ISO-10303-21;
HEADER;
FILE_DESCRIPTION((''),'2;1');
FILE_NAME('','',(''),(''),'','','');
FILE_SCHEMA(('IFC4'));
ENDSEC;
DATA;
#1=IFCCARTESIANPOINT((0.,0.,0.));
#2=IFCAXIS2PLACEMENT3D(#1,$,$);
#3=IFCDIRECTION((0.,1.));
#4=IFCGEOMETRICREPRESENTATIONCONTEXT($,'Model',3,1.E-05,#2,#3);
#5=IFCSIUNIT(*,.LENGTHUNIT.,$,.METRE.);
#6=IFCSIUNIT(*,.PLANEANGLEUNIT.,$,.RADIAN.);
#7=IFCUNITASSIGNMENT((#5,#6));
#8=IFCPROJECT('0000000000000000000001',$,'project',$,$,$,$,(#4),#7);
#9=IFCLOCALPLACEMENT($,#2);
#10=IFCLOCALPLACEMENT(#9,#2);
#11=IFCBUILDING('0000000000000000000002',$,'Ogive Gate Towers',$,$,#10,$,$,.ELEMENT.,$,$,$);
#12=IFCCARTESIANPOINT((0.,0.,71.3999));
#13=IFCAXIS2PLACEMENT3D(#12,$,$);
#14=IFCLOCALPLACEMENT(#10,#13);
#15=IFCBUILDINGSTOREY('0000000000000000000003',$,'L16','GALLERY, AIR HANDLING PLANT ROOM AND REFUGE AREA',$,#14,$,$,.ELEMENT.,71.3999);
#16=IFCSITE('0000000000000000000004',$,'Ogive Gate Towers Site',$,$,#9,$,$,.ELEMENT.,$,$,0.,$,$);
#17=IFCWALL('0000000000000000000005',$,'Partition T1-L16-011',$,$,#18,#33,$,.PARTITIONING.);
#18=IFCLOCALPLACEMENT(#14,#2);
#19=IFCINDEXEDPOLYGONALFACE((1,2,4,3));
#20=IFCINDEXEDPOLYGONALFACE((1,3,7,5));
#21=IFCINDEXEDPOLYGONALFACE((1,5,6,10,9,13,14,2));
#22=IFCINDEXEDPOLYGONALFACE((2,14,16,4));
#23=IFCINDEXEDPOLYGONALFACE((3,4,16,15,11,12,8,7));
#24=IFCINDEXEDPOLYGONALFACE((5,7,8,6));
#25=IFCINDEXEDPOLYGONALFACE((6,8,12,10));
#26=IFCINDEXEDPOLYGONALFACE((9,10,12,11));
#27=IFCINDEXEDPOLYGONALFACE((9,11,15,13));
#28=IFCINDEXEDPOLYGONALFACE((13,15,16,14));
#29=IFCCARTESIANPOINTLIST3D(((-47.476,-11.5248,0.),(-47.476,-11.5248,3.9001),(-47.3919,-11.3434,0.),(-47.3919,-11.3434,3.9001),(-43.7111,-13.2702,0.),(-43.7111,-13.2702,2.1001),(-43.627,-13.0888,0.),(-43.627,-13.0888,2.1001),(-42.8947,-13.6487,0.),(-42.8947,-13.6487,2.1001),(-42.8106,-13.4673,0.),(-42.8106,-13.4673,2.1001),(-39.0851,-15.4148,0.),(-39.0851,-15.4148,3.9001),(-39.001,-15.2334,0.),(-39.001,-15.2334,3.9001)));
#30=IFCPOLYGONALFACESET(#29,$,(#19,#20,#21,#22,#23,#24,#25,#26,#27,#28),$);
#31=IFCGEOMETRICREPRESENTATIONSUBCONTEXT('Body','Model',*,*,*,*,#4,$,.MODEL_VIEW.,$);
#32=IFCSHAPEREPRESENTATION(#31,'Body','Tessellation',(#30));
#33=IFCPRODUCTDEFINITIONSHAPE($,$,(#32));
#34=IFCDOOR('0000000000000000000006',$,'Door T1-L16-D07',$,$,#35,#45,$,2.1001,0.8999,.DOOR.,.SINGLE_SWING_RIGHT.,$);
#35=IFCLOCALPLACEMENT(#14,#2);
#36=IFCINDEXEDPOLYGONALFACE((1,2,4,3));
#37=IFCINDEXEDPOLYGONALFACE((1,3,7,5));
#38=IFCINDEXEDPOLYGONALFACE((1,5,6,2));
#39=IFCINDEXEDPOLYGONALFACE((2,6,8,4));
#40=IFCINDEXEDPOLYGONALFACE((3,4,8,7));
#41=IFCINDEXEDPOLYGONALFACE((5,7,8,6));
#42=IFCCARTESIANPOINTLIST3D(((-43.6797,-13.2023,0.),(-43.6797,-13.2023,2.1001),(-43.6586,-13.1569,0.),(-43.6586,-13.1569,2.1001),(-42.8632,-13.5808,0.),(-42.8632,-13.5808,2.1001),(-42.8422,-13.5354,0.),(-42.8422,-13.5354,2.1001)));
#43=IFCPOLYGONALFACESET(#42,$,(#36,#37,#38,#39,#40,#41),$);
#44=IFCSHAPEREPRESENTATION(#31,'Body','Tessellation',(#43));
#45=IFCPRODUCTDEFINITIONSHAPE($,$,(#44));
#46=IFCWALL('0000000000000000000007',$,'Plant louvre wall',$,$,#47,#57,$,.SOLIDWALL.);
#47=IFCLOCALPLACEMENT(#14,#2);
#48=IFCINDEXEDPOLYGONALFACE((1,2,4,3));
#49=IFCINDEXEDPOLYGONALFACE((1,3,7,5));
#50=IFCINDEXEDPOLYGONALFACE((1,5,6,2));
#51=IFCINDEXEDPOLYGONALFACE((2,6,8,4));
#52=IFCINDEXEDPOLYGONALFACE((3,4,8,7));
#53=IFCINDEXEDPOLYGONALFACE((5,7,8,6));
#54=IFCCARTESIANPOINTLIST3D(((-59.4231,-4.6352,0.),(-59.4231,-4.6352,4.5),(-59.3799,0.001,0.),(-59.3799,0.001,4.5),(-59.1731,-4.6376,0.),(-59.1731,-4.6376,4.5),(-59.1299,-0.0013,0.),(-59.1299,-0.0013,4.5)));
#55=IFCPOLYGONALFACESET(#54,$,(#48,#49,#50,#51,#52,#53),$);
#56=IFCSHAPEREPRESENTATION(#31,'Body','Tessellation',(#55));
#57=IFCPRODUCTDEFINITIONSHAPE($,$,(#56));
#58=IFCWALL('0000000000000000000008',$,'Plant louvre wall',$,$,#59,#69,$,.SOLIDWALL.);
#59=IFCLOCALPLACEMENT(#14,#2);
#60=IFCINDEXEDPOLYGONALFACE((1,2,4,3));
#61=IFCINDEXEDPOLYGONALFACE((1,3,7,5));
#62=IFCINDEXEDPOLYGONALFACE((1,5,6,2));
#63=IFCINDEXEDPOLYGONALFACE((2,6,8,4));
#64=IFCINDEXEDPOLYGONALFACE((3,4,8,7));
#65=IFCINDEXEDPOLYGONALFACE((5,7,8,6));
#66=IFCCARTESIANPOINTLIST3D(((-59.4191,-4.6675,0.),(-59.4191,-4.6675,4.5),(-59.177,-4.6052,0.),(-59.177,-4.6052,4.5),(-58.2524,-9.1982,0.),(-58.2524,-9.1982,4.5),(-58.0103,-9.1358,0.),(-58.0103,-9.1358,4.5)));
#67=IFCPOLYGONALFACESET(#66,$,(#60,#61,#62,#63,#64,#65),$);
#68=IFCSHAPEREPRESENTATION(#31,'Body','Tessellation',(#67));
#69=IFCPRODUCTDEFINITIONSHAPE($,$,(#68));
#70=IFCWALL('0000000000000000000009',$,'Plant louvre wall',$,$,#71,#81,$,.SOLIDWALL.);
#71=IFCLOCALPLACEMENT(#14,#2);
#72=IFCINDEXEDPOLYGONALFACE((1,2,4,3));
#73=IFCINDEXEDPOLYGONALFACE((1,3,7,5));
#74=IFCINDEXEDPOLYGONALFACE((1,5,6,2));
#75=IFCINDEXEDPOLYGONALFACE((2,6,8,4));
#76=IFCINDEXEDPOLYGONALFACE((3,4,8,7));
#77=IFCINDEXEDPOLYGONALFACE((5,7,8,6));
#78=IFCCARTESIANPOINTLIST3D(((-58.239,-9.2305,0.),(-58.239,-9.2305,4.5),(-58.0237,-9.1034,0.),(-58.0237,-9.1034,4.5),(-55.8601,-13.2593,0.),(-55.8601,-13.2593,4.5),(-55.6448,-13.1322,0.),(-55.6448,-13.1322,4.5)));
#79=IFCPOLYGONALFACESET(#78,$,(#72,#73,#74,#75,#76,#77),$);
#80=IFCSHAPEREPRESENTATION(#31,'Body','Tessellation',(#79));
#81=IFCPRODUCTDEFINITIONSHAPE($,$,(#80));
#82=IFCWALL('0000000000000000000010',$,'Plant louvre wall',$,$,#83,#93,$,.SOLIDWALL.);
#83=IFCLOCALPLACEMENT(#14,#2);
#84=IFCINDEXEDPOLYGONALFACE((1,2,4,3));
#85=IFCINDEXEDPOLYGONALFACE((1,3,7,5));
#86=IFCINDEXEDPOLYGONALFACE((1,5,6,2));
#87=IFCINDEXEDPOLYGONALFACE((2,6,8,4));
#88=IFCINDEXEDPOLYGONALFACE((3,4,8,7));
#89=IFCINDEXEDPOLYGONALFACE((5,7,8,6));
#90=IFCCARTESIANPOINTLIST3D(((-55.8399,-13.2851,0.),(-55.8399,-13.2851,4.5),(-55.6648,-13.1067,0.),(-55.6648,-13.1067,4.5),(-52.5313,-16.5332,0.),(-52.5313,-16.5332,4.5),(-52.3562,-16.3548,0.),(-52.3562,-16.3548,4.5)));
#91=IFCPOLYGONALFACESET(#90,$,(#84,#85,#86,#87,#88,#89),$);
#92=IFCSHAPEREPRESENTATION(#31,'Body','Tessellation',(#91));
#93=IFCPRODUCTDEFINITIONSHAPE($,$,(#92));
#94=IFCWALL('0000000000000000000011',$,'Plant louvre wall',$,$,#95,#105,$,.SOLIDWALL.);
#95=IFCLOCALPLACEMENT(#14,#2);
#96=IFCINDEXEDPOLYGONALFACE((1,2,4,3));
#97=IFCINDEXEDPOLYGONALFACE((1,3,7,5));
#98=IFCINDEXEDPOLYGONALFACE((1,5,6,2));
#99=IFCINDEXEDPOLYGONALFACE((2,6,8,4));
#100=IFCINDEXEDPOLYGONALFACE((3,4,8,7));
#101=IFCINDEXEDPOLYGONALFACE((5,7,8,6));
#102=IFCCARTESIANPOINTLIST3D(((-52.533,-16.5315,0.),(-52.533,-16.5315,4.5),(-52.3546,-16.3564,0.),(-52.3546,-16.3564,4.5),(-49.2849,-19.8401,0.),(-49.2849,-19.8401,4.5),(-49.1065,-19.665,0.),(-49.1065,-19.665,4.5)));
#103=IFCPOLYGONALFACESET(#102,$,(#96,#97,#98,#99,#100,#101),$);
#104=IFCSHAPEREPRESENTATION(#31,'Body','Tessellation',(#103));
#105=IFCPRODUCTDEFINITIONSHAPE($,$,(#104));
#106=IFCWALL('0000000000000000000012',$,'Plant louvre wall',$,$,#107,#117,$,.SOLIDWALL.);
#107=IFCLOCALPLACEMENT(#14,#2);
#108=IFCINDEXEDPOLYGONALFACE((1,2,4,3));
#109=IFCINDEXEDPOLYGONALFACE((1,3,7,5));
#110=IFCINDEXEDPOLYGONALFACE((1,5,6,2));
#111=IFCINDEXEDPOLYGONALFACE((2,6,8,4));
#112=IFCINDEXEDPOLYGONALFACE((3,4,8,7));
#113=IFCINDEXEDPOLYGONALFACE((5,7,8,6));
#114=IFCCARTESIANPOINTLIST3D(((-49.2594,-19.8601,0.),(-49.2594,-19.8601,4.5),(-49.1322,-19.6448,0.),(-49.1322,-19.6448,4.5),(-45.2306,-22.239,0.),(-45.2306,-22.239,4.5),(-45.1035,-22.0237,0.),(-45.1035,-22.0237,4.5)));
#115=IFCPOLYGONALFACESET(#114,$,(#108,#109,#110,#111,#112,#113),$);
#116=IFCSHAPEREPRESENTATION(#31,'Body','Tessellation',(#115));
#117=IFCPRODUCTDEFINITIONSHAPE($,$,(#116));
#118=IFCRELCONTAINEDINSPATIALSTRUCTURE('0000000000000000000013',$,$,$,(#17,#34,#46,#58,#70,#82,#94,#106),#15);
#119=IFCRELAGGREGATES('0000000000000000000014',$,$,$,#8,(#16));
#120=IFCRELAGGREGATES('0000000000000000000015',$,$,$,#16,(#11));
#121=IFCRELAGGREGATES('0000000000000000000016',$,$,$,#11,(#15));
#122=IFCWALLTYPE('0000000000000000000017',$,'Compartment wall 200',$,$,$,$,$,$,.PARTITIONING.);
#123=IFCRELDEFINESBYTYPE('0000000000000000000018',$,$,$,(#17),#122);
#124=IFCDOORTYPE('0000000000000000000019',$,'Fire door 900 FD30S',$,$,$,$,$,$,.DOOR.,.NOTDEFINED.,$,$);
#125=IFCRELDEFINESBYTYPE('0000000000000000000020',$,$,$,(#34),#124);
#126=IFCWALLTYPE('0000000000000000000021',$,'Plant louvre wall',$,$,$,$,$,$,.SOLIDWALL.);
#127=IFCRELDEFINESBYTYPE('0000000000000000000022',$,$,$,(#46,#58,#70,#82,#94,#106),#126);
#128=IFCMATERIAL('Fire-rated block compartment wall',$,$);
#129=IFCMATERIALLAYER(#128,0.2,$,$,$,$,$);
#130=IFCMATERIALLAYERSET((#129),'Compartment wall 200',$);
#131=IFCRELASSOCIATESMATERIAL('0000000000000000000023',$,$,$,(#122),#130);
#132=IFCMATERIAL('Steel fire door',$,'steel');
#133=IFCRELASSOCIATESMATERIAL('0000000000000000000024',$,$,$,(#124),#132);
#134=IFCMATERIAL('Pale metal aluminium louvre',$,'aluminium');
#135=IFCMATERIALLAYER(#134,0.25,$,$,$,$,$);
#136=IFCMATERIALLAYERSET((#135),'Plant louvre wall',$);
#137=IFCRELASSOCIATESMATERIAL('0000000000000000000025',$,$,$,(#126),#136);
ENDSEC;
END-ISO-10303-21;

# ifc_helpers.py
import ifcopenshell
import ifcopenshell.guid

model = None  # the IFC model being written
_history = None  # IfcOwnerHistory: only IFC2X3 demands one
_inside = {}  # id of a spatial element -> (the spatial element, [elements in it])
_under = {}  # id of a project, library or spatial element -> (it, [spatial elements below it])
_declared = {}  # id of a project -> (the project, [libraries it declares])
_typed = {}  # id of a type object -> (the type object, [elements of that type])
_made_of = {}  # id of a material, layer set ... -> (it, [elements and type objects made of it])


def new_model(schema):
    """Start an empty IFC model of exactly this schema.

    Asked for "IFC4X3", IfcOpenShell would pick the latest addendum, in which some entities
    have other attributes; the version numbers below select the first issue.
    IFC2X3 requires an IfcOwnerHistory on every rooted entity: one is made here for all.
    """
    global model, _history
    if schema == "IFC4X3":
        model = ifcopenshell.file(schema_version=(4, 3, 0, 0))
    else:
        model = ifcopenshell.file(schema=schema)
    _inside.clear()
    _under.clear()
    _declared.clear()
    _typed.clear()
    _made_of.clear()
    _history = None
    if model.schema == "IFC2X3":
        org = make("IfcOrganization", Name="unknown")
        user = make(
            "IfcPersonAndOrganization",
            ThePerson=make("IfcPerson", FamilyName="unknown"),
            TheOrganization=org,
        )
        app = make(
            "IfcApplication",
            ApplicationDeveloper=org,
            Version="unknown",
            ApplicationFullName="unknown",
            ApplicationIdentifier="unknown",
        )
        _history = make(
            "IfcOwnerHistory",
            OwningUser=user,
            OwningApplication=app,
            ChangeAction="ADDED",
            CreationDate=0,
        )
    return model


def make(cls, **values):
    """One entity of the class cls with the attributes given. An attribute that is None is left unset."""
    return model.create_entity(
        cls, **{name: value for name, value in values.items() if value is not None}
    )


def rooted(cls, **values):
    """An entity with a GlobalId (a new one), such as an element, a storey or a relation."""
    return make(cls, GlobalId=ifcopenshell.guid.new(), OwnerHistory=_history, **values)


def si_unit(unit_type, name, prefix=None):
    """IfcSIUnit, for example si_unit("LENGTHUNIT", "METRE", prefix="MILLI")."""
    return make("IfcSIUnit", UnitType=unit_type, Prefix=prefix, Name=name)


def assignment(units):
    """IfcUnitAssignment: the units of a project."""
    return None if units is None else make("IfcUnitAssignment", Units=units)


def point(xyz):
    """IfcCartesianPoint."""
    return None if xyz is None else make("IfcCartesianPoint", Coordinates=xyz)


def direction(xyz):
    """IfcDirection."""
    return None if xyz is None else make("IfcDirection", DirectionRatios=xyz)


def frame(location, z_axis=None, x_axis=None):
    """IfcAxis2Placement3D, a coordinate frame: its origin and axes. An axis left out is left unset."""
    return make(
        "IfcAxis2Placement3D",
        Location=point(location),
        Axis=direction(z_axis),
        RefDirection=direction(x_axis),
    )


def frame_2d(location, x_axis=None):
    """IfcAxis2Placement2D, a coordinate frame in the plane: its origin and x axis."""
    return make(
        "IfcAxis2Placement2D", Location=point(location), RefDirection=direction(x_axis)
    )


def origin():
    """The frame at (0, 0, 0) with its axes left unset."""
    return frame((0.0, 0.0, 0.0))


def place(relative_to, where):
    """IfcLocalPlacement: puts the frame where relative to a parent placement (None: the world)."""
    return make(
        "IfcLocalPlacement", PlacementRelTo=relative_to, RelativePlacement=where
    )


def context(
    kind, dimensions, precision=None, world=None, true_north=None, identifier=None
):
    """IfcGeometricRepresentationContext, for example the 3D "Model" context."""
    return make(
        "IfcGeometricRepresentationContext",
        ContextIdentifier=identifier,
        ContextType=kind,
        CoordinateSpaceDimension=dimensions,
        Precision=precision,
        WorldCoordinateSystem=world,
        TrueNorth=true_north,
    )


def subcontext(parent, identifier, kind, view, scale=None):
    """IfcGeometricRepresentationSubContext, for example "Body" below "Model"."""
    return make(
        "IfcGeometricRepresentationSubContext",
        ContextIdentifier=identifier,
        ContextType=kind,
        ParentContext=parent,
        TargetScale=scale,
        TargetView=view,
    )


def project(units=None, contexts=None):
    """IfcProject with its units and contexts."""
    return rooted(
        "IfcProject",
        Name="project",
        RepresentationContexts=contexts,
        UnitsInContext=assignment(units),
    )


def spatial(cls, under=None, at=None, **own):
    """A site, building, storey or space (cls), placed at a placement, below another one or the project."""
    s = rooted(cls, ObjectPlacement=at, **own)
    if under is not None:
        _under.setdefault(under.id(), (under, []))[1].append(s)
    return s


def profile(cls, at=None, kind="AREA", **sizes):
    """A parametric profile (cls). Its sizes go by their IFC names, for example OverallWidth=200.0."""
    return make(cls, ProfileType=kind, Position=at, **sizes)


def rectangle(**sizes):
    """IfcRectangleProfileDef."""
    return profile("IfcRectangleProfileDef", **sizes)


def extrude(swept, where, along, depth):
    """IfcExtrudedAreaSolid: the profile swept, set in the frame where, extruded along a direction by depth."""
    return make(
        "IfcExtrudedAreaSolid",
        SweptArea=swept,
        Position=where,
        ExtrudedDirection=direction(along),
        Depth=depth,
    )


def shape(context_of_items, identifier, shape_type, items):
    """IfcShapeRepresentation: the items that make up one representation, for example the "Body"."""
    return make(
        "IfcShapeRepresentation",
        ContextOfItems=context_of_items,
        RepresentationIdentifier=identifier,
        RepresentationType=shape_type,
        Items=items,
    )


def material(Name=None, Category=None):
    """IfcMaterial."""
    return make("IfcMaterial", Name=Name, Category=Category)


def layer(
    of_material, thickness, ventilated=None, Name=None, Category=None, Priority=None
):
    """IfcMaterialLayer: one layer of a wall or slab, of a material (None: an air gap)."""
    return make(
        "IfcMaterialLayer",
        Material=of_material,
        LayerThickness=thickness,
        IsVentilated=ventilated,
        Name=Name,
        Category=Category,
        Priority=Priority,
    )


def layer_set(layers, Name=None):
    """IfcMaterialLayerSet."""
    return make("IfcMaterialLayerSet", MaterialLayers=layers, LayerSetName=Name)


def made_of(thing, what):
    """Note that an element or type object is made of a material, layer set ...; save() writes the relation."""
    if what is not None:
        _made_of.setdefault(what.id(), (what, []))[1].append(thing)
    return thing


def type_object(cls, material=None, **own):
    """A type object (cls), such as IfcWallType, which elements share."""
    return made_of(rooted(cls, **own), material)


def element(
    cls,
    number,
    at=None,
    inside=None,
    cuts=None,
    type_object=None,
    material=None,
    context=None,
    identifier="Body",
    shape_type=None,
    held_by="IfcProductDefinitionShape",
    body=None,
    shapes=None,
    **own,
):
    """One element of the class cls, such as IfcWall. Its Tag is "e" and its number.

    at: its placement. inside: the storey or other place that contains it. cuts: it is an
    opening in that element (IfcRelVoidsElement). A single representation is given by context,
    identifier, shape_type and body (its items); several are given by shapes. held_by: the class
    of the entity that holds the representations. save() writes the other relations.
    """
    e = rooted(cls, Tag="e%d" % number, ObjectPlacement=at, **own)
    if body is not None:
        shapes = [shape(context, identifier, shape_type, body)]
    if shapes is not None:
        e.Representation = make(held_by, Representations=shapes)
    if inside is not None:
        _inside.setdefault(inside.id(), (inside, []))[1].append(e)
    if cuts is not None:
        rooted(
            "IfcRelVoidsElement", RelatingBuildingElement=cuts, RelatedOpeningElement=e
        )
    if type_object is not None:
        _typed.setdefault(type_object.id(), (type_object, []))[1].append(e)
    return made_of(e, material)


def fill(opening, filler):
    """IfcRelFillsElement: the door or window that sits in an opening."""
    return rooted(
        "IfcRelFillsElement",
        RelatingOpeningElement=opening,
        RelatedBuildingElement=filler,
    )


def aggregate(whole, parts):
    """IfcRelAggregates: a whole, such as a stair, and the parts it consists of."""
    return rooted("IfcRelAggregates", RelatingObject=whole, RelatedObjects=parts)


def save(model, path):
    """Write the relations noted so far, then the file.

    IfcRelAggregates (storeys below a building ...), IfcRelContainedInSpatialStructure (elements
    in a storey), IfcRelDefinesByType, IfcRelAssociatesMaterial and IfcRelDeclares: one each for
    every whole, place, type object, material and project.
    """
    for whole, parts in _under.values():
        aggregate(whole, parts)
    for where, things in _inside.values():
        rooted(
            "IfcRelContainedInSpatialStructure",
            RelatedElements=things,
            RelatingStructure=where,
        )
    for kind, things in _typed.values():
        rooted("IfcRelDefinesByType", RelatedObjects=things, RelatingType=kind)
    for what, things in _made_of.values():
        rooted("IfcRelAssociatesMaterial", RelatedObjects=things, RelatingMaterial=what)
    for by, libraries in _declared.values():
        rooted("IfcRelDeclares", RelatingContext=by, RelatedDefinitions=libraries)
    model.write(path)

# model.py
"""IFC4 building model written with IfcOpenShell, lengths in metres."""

from ifc_helpers import new_model, si_unit, direction, frame, frame_2d, origin, place, context, subcontext, project, spatial, rectangle, extrude, material, layer, layer_set, type_object, element, fill, save


model = new_model("IFC4")

# Units and contexts
model_context = context("Model", 3, precision=1e-05, world=origin(), true_north=direction((0.0, 1.0)))
body_context = subcontext(model_context, "Body", "Model", "MODEL_VIEW")
ifc_project = project(units=[si_unit("LENGTHUNIT", "METRE"), si_unit("PLANEANGLEUNIT", "RADIAN")], contexts=[model_context])

# Site, building, storey
site_placement = place(None, origin())
site = spatial("IfcSite", under=ifc_project, at=site_placement, Name="Ogive Gate Towers Site", CompositionType="ELEMENT", RefElevation=0.0)
building_placement = place(site_placement, origin())
building = spatial("IfcBuilding", under=site, at=building_placement, Name="Ogive Gate Towers", CompositionType="ELEMENT")
storey_placement = place(building_placement, frame((0.0, 0.0, 71.3999)))
storey = spatial("IfcBuildingStorey", under=building, at=storey_placement, Name="L16", Description="GALLERY, AIR HANDLING PLANT ROOM AND REFUGE AREA", CompositionType="ELEMENT", Elevation=71.3999)

# Shared definitions
ifc_material_1 = material(Name="Fire-rated block compartment wall")
ifc_layer_1 = layer(ifc_material_1, 0.2)
ifc_layer_set_1 = layer_set([ifc_layer_1], Name="Compartment wall 200")
wall_type_1 = type_object("IfcWallType", Name="Compartment wall 200", PredefinedType="PARTITIONING", material=ifc_layer_set_1)

# Wall, opening, door
ifc_material_2 = material(Name="Steel fire door", Category="steel")
door_type = type_object("IfcDoorType", Name="Fire door 900 FD30S", OperationType="NOTDEFINED", PredefinedType="DOOR", material=ifc_material_2)
wall_1_placement = place(storey_placement, frame((-47.4341, -11.4341, 0.0), z_axis=(0.0, 0.0, 1.0), x_axis=(0.907251, -0.420589, 0.0)))
wall_1 = element("IfcWall", 1, at=wall_1_placement, inside=storey, type_object=wall_type_1, Name="Partition T1-L16-011", PredefinedType="PARTITIONING", context=body_context, shape_type="SweptSolid", body=[
    extrude(rectangle(XDim=9.2488, YDim=0.2, at=frame_2d((4.6245, 0.0))), origin(), (0.0, 0.0, 1.0), 3.9001),
])
opening_1_placement = place(wall_1_placement, frame((4.1499, 0.0, 0.0)))
opening_1 = element("IfcOpeningElement", 2, at=opening_1_placement, cuts=wall_1, PredefinedType="OPENING", context=body_context, shape_type="SweptSolid", body=[
    extrude(rectangle(XDim=0.8999, YDim=2.1001, at=frame_2d((0.45, 1.05))), frame((0.0, 0.1099, 0.0), z_axis=(0.0, -1.0, 0.0), x_axis=(1.0, 0.0, 0.0)), (0.0, 0.0, 1.0), 0.22),
])
door_1_placement = place(opening_1_placement, origin())
door_1 = element("IfcDoor", 3, at=door_1_placement, inside=storey, type_object=door_type, Name="Door T1-L16-D07", OperationType="SINGLE_SWING_RIGHT", OverallHeight=2.1001, OverallWidth=0.8999, PredefinedType="DOOR", context=body_context, shape_type="SweptSolid", body=[
    extrude(rectangle(XDim=0.8999, YDim=2.1001, at=frame_2d((0.45, 1.05))), frame((0.0, 0.0249, 0.0), z_axis=(0.0, -1.0, 0.0), x_axis=(1.0, 0.0, 0.0)), (0.0, 0.0, 1.0), 0.05),
])
fill(opening_1, door_1)

# Walls
ifc_material_3 = material(Name="Pale metal aluminium louvre", Category="aluminium")
ifc_layer_2 = layer(ifc_material_3, 0.25)
ifc_layer_set_2 = layer_set([ifc_layer_2], Name="Plant louvre wall")
wall_type_2 = type_object("IfcWallType", Name="Plant louvre wall", PredefinedType="SOLIDWALL", material=ifc_layer_set_2)
wall_2_placement = place(storey_placement, frame((-59.2549, 0.0, 0.0), z_axis=(0.0, 0.0, 1.0), x_axis=(-0.00932, -0.999957, 0.0)))
element("IfcWall", 4, at=wall_2_placement, inside=storey, type_object=wall_type_2, Name="Plant louvre wall", PredefinedType="SOLIDWALL", context=body_context, shape_type="SweptSolid", body=[
    extrude(rectangle(XDim=4.6365, YDim=0.25, at=frame_2d((2.3184, 0.0))), origin(), (0.0, 0.0, 1.0), 4.5),
])
wall_3_placement = place(storey_placement, frame((-59.2981, -4.6362, 0.0), z_axis=(0.0, 0.0, 1.0), x_axis=(0.249381, -0.968405, 0.0)))
element("IfcWall", 5, at=wall_3_placement, inside=storey, type_object=wall_type_2, Name="Plant louvre wall", PredefinedType="SOLIDWALL", context=body_context, shape_type="SweptSolid", body=[
    extrude(rectangle(XDim=4.6785, YDim=0.25, at=frame_2d((2.3394, 0.0))), origin(), (0.0, 0.0, 1.0), 4.5),
])
wall_4_placement = place(storey_placement, frame((-58.1313, -9.167, 0.0), z_axis=(0.0, 0.0, 1.0), x_axis=(0.508452, -0.861091, 0.0)))
element("IfcWall", 6, at=wall_4_placement, inside=storey, type_object=wall_type_2, Name="Plant louvre wall", PredefinedType="SOLIDWALL", context=body_context, shape_type="SweptSolid", body=[
    extrude(rectangle(XDim=4.6787, YDim=0.25, at=frame_2d((2.3394, 0.0))), origin(), (0.0, 0.0, 1.0), 4.5),
])
for number, where, z_axis, x_axis, name in (
    (7, (-55.7524, -13.1958, 0.0), (0.0, 0.0, 1.0), (0.713606, -0.700547, 0.0), "Plant louvre wall"),
    (8, (-52.4438, -16.4438, 0.0), (0.0, 0.0, 1.0), (0.700547, -0.713606, 0.0), "Plant louvre wall"),
):
    element("IfcWall", number, at=place(storey_placement, frame(where, z_axis=z_axis, x_axis=x_axis)), inside=storey, type_object=wall_type_2, Name=name, PredefinedType="SOLIDWALL", context=body_context, shape_type="SweptSolid", body=[
        extrude(rectangle(XDim=4.6365, YDim=0.25, at=frame_2d((2.3184, 0.0))), origin(), (0.0, 0.0, 1.0), 4.5),
    ])
wall_5_placement = place(storey_placement, frame((-49.1958, -19.7524, 0.0), z_axis=(0.0, 0.0, 1.0), x_axis=(0.861091, -0.508452, 0.0)))
element("IfcWall", 9, at=wall_5_placement, inside=storey, type_object=wall_type_2, Name="Plant louvre wall", PredefinedType="SOLIDWALL", context=body_context, shape_type="SweptSolid", body=[
    extrude(rectangle(XDim=4.6787, YDim=0.25, at=frame_2d((2.3394, 0.0))), origin(), (0.0, 0.0, 1.0), 4.5),
])

save(model, "model.ifc")
